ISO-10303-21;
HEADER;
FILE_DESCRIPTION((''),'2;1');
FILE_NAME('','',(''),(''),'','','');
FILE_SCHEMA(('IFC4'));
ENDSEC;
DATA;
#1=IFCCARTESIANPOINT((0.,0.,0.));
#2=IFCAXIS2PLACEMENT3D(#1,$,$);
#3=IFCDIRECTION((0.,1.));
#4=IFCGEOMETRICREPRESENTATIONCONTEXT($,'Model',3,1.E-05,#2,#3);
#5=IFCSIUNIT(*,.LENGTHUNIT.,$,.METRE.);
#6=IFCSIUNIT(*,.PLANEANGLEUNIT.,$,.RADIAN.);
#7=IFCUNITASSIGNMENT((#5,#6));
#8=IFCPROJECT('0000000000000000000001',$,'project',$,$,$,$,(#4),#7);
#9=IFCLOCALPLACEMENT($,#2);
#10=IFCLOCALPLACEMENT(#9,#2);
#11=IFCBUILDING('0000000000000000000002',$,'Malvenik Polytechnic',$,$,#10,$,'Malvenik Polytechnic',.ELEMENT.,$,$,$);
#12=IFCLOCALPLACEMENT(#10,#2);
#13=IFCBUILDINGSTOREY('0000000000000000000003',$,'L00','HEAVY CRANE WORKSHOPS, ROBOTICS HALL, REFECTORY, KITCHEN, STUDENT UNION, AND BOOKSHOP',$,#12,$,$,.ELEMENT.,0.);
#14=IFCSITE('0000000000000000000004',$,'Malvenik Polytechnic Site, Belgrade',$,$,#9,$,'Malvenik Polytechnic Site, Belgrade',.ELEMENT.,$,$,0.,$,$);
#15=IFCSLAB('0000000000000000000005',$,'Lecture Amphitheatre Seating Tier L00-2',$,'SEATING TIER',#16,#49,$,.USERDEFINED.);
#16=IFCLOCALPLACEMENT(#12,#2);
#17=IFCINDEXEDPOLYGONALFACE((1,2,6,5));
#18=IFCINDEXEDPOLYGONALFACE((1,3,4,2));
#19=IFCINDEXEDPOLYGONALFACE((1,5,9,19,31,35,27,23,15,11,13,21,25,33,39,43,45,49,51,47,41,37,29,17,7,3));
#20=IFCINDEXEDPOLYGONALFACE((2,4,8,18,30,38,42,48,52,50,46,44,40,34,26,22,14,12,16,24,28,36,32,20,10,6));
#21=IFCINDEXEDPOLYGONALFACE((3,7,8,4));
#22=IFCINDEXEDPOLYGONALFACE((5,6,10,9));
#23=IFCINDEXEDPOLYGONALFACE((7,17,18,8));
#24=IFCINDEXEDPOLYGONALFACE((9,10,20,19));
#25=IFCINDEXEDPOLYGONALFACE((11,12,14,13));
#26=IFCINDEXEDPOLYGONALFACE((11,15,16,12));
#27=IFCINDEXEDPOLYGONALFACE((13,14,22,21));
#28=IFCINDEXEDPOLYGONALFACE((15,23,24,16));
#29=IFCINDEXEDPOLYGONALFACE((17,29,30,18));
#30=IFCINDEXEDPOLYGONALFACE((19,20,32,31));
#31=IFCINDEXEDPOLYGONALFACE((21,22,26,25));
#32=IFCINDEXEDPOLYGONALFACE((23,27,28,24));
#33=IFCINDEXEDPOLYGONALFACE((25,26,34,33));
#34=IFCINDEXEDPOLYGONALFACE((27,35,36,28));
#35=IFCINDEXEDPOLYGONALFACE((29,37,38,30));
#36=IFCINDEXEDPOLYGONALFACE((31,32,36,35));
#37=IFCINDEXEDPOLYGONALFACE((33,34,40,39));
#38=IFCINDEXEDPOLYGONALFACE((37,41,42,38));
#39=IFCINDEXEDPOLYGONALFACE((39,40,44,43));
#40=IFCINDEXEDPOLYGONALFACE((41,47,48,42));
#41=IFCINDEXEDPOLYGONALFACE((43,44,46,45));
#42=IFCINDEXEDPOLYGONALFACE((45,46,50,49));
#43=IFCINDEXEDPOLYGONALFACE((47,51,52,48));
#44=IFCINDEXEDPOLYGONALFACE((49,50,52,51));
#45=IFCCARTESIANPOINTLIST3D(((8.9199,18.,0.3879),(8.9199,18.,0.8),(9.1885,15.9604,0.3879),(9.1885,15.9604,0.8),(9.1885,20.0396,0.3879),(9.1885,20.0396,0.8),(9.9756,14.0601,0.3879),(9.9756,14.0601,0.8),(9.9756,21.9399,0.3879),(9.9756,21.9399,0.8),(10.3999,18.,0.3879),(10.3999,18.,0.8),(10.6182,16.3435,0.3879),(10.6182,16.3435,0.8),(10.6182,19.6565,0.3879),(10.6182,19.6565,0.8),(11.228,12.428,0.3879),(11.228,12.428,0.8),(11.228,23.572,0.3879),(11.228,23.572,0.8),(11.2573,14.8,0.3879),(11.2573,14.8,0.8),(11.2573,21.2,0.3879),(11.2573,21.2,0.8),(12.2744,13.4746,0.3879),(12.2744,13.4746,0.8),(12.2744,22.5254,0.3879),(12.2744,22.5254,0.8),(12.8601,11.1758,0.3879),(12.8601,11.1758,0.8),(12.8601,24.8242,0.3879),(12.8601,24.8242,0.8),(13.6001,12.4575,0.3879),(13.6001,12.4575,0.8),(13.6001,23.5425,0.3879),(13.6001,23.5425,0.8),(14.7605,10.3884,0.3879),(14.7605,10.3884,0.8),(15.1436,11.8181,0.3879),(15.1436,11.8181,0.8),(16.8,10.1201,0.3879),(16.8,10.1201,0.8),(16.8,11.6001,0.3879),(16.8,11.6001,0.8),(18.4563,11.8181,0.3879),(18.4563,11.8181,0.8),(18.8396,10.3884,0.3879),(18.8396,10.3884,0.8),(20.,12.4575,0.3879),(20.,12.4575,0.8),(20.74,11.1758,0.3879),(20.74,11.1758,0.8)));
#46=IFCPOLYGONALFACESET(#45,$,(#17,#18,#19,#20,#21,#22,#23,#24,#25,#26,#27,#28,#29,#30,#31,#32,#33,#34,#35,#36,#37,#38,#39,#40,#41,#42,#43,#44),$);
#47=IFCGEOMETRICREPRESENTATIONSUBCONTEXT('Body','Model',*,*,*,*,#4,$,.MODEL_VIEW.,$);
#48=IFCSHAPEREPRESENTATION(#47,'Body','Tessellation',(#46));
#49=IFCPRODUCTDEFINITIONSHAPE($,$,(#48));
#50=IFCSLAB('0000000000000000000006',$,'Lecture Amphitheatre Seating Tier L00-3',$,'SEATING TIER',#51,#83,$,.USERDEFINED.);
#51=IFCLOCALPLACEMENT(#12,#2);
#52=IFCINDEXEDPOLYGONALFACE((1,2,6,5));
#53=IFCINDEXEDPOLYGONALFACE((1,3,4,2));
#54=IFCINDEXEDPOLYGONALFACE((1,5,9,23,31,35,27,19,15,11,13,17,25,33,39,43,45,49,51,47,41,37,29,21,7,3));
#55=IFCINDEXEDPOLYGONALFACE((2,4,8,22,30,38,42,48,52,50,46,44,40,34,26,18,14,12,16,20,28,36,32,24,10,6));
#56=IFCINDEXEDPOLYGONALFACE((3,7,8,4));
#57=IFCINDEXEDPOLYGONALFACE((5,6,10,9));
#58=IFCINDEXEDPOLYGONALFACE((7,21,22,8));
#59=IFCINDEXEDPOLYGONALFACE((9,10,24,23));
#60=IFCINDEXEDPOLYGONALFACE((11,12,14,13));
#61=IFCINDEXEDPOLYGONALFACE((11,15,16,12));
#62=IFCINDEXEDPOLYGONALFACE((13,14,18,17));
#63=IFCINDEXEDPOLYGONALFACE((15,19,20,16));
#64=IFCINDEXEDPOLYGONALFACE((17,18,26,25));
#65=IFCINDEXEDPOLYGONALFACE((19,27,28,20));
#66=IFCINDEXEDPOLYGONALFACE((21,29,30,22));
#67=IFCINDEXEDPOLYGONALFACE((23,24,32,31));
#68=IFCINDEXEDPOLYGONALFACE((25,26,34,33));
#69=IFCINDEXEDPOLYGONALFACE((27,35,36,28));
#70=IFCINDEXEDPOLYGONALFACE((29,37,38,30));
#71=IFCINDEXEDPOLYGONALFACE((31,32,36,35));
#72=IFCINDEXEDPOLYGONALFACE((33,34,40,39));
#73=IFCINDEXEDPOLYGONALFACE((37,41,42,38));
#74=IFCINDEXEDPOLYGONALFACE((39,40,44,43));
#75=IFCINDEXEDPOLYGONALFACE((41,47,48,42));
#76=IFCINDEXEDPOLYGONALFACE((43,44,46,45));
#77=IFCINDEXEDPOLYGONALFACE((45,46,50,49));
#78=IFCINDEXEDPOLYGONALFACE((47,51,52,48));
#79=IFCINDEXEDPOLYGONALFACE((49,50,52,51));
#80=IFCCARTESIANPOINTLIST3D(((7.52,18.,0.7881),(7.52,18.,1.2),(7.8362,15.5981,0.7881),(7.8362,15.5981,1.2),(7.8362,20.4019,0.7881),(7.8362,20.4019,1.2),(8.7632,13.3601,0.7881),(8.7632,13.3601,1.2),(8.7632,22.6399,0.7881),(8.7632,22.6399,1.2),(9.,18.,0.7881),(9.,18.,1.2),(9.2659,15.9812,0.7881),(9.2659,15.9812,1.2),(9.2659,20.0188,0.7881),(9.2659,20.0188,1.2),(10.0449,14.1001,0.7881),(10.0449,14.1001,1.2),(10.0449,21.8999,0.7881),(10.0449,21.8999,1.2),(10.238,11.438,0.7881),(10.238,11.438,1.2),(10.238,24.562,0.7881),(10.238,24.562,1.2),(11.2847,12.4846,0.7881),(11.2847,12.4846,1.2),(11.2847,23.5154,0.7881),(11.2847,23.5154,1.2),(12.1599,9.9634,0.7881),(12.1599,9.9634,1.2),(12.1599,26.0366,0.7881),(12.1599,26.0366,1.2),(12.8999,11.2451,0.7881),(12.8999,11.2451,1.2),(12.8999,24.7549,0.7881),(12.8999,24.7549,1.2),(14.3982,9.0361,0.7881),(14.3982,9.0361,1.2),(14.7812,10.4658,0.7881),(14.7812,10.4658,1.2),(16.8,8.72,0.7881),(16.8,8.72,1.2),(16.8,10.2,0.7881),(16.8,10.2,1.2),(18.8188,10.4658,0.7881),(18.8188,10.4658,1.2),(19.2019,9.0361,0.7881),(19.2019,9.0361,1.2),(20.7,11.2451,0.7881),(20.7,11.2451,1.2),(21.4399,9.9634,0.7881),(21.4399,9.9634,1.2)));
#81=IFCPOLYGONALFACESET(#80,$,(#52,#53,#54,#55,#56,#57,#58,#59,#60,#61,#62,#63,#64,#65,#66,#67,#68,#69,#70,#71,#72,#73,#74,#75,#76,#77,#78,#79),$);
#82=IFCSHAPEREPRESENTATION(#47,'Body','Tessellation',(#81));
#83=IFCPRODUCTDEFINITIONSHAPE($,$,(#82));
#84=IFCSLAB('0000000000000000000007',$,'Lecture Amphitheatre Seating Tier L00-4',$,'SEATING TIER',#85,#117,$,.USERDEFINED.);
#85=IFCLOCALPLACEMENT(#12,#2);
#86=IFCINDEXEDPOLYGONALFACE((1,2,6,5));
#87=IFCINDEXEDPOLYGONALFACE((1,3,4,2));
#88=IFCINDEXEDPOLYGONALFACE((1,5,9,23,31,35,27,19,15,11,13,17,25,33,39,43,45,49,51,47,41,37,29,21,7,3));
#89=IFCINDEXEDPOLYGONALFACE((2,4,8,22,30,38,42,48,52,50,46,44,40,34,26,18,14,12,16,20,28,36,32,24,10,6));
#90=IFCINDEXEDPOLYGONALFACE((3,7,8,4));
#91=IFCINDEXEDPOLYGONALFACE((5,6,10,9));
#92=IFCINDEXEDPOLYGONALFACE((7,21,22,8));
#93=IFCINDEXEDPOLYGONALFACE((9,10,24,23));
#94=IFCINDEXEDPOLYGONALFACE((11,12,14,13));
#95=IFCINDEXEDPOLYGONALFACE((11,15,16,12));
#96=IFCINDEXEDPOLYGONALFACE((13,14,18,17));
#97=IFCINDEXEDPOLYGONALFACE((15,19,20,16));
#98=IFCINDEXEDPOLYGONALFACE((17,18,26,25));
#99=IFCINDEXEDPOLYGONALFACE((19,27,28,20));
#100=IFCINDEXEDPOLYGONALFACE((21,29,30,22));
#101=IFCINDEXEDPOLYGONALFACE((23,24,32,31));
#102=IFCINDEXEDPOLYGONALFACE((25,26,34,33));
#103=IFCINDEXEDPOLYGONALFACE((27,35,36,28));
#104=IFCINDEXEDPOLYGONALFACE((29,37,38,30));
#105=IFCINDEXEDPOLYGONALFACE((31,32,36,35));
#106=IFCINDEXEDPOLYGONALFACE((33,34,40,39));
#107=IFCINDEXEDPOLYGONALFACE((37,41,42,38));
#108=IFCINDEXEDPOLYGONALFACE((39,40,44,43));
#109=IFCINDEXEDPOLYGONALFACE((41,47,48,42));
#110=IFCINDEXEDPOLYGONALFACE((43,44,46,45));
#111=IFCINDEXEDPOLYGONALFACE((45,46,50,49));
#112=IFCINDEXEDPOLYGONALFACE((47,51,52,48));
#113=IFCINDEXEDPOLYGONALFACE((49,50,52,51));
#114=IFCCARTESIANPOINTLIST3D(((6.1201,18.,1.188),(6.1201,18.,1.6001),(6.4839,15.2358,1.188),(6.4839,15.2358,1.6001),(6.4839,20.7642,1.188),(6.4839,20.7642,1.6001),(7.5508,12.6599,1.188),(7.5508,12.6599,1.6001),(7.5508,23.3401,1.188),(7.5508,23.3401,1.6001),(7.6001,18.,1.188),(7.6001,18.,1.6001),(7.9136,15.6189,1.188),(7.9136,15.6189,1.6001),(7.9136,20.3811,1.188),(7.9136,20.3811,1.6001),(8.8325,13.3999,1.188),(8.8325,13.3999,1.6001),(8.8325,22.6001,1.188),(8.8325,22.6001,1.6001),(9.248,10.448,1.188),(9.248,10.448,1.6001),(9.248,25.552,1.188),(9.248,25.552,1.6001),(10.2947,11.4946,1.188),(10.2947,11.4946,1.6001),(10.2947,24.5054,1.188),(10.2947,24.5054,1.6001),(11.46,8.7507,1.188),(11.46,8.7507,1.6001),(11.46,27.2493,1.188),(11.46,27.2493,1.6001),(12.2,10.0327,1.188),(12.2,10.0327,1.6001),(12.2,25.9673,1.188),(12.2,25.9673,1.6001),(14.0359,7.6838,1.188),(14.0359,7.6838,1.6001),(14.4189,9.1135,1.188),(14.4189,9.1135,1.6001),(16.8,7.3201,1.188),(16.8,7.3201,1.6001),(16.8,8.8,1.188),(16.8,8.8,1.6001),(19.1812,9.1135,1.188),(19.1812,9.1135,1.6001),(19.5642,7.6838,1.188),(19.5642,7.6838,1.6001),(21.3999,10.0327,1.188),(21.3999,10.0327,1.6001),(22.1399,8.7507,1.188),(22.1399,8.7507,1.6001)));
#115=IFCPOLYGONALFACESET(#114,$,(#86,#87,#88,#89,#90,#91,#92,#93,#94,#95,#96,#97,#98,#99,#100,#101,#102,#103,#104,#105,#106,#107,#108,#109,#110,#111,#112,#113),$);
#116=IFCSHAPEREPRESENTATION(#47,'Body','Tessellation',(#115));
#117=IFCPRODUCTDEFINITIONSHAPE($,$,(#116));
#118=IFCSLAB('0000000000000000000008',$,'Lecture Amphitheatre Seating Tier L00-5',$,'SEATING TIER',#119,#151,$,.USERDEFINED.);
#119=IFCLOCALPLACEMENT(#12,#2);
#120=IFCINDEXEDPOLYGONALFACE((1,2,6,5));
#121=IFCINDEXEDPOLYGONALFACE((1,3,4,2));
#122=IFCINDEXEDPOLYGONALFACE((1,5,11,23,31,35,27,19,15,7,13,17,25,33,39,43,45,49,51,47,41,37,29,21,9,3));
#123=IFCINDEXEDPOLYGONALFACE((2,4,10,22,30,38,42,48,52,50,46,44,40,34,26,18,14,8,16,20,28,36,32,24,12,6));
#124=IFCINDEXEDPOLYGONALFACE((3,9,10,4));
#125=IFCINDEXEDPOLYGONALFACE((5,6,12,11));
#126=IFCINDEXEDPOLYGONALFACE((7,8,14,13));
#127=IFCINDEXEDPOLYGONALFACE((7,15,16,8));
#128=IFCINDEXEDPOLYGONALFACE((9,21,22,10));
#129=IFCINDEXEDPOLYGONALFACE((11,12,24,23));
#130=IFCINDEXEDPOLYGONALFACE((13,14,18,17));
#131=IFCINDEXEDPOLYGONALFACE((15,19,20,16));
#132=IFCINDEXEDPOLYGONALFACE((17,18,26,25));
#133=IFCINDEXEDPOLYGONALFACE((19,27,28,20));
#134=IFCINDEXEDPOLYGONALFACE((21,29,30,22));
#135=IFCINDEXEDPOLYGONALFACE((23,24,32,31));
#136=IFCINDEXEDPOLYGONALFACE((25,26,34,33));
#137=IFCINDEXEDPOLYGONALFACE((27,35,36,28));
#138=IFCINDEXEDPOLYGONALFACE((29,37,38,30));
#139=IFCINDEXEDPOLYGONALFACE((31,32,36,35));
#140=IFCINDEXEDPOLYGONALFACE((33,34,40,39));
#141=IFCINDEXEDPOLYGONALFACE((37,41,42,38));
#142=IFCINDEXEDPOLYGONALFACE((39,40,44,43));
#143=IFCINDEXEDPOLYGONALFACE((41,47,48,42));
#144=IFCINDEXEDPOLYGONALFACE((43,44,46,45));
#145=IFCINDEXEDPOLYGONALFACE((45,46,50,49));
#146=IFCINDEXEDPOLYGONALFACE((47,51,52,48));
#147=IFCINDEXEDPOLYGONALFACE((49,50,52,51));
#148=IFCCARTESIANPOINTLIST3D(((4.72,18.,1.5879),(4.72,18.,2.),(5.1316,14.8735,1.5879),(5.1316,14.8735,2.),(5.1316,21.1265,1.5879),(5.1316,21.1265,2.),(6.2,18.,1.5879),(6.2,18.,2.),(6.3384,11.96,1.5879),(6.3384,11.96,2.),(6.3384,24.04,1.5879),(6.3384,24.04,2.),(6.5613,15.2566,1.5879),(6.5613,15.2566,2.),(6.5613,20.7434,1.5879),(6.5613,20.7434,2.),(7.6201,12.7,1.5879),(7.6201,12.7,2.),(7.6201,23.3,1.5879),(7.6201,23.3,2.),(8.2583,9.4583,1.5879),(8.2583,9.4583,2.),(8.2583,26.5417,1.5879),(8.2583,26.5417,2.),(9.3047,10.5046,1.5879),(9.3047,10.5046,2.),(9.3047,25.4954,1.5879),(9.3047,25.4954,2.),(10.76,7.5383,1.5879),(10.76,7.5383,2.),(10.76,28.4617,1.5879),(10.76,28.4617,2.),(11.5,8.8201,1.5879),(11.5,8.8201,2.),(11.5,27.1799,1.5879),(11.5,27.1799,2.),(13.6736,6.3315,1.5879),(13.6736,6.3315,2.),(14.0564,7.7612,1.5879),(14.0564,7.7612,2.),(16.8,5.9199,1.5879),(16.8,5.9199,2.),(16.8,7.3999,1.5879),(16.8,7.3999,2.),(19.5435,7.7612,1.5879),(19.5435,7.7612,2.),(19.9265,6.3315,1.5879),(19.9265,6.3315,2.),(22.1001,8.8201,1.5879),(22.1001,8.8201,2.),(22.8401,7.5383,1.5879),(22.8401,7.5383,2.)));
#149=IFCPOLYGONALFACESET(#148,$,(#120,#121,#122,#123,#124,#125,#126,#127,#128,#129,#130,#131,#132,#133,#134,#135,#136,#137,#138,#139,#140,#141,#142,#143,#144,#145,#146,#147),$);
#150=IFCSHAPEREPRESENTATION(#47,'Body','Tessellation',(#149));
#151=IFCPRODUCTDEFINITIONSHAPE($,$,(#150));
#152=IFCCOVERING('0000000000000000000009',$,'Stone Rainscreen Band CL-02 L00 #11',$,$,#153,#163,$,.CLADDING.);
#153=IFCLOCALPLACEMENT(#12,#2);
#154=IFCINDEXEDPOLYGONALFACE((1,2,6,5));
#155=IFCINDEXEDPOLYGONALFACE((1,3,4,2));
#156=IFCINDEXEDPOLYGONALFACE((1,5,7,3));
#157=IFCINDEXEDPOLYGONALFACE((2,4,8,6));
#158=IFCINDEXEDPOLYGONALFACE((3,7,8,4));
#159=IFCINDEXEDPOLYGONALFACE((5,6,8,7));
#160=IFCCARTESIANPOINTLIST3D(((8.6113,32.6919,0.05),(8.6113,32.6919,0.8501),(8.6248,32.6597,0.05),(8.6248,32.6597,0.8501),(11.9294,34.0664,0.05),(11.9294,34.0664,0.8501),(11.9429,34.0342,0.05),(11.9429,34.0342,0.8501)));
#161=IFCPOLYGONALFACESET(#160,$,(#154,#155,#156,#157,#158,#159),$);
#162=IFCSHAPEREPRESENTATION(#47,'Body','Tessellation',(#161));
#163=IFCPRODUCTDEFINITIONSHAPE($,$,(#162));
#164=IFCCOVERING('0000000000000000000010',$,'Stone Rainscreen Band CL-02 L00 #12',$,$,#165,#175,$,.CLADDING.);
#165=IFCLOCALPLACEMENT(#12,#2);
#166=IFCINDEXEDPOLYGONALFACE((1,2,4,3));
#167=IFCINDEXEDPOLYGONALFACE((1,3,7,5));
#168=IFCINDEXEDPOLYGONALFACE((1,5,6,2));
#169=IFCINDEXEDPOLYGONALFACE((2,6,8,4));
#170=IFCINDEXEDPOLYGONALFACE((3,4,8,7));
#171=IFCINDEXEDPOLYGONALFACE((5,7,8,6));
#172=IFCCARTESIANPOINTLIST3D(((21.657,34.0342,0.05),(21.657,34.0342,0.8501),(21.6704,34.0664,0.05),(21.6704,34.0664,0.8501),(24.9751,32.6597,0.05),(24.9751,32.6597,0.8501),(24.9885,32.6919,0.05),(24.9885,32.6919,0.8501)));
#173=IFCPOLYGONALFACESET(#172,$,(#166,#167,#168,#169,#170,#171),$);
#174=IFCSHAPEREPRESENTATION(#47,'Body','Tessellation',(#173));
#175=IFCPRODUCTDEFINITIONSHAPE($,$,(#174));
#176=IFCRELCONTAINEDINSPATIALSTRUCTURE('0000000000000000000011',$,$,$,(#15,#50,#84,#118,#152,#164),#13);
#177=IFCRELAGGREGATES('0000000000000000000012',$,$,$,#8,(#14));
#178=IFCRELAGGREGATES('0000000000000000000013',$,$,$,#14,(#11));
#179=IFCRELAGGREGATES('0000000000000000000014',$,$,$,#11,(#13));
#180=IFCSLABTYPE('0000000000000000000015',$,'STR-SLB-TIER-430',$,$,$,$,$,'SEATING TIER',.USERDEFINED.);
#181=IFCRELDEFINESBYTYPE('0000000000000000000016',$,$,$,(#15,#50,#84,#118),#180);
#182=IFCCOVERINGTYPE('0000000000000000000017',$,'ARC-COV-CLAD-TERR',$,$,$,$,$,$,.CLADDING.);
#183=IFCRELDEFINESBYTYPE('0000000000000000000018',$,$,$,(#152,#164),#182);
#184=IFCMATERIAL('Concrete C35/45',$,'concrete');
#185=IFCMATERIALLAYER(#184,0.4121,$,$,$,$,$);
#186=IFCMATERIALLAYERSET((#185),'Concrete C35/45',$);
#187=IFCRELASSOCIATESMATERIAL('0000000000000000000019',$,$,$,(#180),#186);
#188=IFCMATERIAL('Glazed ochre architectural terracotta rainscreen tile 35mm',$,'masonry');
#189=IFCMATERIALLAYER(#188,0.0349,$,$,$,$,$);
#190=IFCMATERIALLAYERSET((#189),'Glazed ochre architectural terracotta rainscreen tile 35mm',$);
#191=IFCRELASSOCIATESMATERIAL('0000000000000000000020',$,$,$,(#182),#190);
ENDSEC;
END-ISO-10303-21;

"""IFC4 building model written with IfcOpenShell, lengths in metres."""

from ifc_helpers import new_model, si_unit, direction, frame, origin, place, context, subcontext, project, spatial, polyline, outline, extrude, material, layer, layer_set, type_object, element, save


model = new_model("IFC4")

# Units and contexts
model_context = context("Model", 3, precision=1e-05, world=origin(), true_north=direction((0.0, 1.0)))
body_context = subcontext(model_context, "Body", "Model", "MODEL_VIEW")
ifc_project = project(units=[si_unit("LENGTHUNIT", "METRE"), si_unit("PLANEANGLEUNIT", "RADIAN")], contexts=[model_context])

# Site, building, storey
site_placement = place(None, origin())
site = spatial("IfcSite", under=ifc_project, at=site_placement, Name="Malvenik Polytechnic Site, Belgrade", LongName="Malvenik Polytechnic Site, Belgrade", CompositionType="ELEMENT", RefElevation=0.0)
building_placement = place(site_placement, origin())
building = spatial("IfcBuilding", under=site, at=building_placement, Name="Malvenik Polytechnic", LongName="Malvenik Polytechnic", CompositionType="ELEMENT")
storey_placement = place(building_placement, origin())
storey = spatial("IfcBuildingStorey", under=building, at=storey_placement, Name="L00", Description="HEAVY CRANE WORKSHOPS, ROBOTICS HALL, REFECTORY, KITCHEN, STUDENT UNION, AND BOOKSHOP", CompositionType="ELEMENT", Elevation=0.0)

# Slabs
ifc_material_1 = material(Name="Concrete C35/45", Category="concrete")
ifc_layer_1 = layer(ifc_material_1, 0.4121)
ifc_layer_set_1 = layer_set([ifc_layer_1], Name="Concrete C35/45")
slab_type = type_object("IfcSlabType", Name="STR-SLB-TIER-430", ElementType="SEATING TIER", PredefinedType="USERDEFINED", material=ifc_layer_set_1)
slab_1_placement = place(storey_placement, frame((0.0, 0.0, 0.3879)))
element("IfcSlab", 1, at=slab_1_placement, inside=storey, type_object=slab_type, Name="Lecture Amphitheatre Seating Tier L00-2", ObjectType="SEATING TIER", PredefinedType="USERDEFINED", context=body_context, shape_type="SweptSolid", body=[
    extrude(outline(polyline([(12.8601, 24.8242), (11.228, 23.572), (9.9756, 21.9399), (9.1885, 20.0396), (8.9199, 18.0), (9.1885, 15.9604), (9.9756, 14.0601), (11.228, 12.428), (12.8601, 11.1758), (14.7605, 10.3884), (16.8, 10.1201), (18.8396, 10.3884), (20.74, 11.1758), (20.0, 12.4575), (18.4563, 11.8181), (16.8, 11.6001), (15.1436, 11.8181), (13.6001, 12.4575), (12.2744, 13.4746), (11.2573, 14.8), (10.6182, 16.3435), (10.3999, 18.0), (10.6182, 19.6565), (11.2573, 21.2), (12.2744, 22.5254), (13.6001, 23.5425), (12.8601, 24.8242)])), origin(), (0.0, 0.0, 1.0), 0.4121),
])
slab_2_placement = place(storey_placement, frame((0.0, 0.0, 0.7881)))
element("IfcSlab", 2, at=slab_2_placement, inside=storey, type_object=slab_type, Name="Lecture Amphitheatre Seating Tier L00-3", ObjectType="SEATING TIER", PredefinedType="USERDEFINED", context=body_context, shape_type="SweptSolid", body=[
    extrude(outline(polyline([(12.1599, 26.0366), (10.238, 24.562), (8.7632, 22.6399), (7.8362, 20.4019), (7.52, 18.0), (7.8362, 15.5981), (8.7632, 13.3601), (10.238, 11.438), (12.1599, 9.9634), (14.3982, 9.0361), (16.8, 8.72), (19.2019, 9.0361), (21.4399, 9.9634), (20.7, 11.2451), (18.8188, 10.4658), (16.8, 10.2), (14.7812, 10.4658), (12.8999, 11.2451), (11.2847, 12.4846), (10.0449, 14.1001), (9.2659, 15.9812), (9.0, 18.0), (9.2659, 20.0188), (10.0449, 21.8999), (11.2847, 23.5154), (12.8999, 24.7549), (12.1599, 26.0366)])), origin(), (0.0, 0.0, 1.0), 0.4119),
])
slab_3_placement = place(storey_placement, frame((0.0, 0.0, 1.188)))
element("IfcSlab", 3, at=slab_3_placement, inside=storey, type_object=slab_type, Name="Lecture Amphitheatre Seating Tier L00-4", ObjectType="SEATING TIER", PredefinedType="USERDEFINED", context=body_context, shape_type="SweptSolid", body=[
    extrude(outline(polyline([(11.46, 27.2493), (9.248, 25.552), (7.5508, 23.3401), (6.4839, 20.7642), (6.1201, 18.0), (6.4839, 15.2358), (7.5508, 12.6599), (9.248, 10.448), (11.46, 8.7507), (14.0359, 7.6838), (16.8, 7.3201), (19.5642, 7.6838), (22.1399, 8.7507), (21.3999, 10.0327), (19.1812, 9.1135), (16.8, 8.8), (14.4189, 9.1135), (12.2, 10.0327), (10.2947, 11.4946), (8.8325, 13.3999), (7.9136, 15.6189), (7.6001, 18.0), (7.9136, 20.3811), (8.8325, 22.6001), (10.2947, 24.5054), (12.2, 25.9673), (11.46, 27.2493)])), origin(), (0.0, 0.0, 1.0), 0.4121),
])
slab_4_placement = place(storey_placement, frame((0.0, 0.0, 1.5879)))
element("IfcSlab", 4, at=slab_4_placement, inside=storey, type_object=slab_type, Name="Lecture Amphitheatre Seating Tier L00-5", ObjectType="SEATING TIER", PredefinedType="USERDEFINED", context=body_context, shape_type="SweptSolid", body=[
    extrude(outline(polyline([(10.76, 28.4617), (8.2583, 26.5417), (6.3384, 24.04), (5.1316, 21.1265), (4.72, 18.0), (5.1316, 14.8735), (6.3384, 11.96), (8.2583, 9.4583), (10.76, 7.5383), (13.6736, 6.3315), (16.8, 5.9199), (19.9265, 6.3315), (22.8401, 7.5383), (22.1001, 8.8201), (19.5435, 7.7612), (16.8, 7.3999), (14.0564, 7.7612), (11.5, 8.8201), (9.3047, 10.5046), (7.6201, 12.7), (6.5613, 15.2566), (6.2, 18.0), (6.5613, 20.7434), (7.6201, 23.3), (9.3047, 25.4954), (11.5, 27.1799), (10.76, 28.4617)])), origin(), (0.0, 0.0, 1.0), 0.4121),
])

# Coverings
ifc_material_2 = material(Name="Glazed ochre architectural terracotta rainscreen tile 35mm", Category="masonry")
ifc_layer_2 = layer(ifc_material_2, 0.0349)
ifc_layer_set_2 = layer_set([ifc_layer_2], Name="Glazed ochre architectural terracotta rainscreen tile 35mm")
covering_type = type_object("IfcCoveringType", Name="ARC-COV-CLAD-TERR", PredefinedType="CLADDING", material=ifc_layer_set_2)
covering_1_placement = place(storey_placement, frame((0.0, 0.0, 0.05)))
element("IfcCovering", 5, at=covering_1_placement, inside=storey, type_object=covering_type, Name="Stone Rainscreen Band CL-02 L00 #11", PredefinedType="CLADDING", context=body_context, shape_type="SweptSolid", body=[
    extrude(outline(polyline([(8.6248, 32.6597), (11.9429, 34.0342), (11.9294, 34.0664), (8.6113, 32.6919), (8.6248, 32.6597)])), origin(), (0.0, 0.0, 1.0), 0.8),
])
covering_2_placement = place(storey_placement, frame((0.0, 0.0, 0.05)))
element("IfcCovering", 6, at=covering_2_placement, inside=storey, type_object=covering_type, Name="Stone Rainscreen Band CL-02 L00 #12", PredefinedType="CLADDING", context=body_context, shape_type="SweptSolid", body=[
    extrude(outline(polyline([(21.657, 34.0342), (24.9751, 32.6597), (24.9885, 32.6919), (21.6704, 34.0664), (21.657, 34.0342)])), origin(), (0.0, 0.0, 1.0), 0.8),
])

save(model, "model.ifc")
